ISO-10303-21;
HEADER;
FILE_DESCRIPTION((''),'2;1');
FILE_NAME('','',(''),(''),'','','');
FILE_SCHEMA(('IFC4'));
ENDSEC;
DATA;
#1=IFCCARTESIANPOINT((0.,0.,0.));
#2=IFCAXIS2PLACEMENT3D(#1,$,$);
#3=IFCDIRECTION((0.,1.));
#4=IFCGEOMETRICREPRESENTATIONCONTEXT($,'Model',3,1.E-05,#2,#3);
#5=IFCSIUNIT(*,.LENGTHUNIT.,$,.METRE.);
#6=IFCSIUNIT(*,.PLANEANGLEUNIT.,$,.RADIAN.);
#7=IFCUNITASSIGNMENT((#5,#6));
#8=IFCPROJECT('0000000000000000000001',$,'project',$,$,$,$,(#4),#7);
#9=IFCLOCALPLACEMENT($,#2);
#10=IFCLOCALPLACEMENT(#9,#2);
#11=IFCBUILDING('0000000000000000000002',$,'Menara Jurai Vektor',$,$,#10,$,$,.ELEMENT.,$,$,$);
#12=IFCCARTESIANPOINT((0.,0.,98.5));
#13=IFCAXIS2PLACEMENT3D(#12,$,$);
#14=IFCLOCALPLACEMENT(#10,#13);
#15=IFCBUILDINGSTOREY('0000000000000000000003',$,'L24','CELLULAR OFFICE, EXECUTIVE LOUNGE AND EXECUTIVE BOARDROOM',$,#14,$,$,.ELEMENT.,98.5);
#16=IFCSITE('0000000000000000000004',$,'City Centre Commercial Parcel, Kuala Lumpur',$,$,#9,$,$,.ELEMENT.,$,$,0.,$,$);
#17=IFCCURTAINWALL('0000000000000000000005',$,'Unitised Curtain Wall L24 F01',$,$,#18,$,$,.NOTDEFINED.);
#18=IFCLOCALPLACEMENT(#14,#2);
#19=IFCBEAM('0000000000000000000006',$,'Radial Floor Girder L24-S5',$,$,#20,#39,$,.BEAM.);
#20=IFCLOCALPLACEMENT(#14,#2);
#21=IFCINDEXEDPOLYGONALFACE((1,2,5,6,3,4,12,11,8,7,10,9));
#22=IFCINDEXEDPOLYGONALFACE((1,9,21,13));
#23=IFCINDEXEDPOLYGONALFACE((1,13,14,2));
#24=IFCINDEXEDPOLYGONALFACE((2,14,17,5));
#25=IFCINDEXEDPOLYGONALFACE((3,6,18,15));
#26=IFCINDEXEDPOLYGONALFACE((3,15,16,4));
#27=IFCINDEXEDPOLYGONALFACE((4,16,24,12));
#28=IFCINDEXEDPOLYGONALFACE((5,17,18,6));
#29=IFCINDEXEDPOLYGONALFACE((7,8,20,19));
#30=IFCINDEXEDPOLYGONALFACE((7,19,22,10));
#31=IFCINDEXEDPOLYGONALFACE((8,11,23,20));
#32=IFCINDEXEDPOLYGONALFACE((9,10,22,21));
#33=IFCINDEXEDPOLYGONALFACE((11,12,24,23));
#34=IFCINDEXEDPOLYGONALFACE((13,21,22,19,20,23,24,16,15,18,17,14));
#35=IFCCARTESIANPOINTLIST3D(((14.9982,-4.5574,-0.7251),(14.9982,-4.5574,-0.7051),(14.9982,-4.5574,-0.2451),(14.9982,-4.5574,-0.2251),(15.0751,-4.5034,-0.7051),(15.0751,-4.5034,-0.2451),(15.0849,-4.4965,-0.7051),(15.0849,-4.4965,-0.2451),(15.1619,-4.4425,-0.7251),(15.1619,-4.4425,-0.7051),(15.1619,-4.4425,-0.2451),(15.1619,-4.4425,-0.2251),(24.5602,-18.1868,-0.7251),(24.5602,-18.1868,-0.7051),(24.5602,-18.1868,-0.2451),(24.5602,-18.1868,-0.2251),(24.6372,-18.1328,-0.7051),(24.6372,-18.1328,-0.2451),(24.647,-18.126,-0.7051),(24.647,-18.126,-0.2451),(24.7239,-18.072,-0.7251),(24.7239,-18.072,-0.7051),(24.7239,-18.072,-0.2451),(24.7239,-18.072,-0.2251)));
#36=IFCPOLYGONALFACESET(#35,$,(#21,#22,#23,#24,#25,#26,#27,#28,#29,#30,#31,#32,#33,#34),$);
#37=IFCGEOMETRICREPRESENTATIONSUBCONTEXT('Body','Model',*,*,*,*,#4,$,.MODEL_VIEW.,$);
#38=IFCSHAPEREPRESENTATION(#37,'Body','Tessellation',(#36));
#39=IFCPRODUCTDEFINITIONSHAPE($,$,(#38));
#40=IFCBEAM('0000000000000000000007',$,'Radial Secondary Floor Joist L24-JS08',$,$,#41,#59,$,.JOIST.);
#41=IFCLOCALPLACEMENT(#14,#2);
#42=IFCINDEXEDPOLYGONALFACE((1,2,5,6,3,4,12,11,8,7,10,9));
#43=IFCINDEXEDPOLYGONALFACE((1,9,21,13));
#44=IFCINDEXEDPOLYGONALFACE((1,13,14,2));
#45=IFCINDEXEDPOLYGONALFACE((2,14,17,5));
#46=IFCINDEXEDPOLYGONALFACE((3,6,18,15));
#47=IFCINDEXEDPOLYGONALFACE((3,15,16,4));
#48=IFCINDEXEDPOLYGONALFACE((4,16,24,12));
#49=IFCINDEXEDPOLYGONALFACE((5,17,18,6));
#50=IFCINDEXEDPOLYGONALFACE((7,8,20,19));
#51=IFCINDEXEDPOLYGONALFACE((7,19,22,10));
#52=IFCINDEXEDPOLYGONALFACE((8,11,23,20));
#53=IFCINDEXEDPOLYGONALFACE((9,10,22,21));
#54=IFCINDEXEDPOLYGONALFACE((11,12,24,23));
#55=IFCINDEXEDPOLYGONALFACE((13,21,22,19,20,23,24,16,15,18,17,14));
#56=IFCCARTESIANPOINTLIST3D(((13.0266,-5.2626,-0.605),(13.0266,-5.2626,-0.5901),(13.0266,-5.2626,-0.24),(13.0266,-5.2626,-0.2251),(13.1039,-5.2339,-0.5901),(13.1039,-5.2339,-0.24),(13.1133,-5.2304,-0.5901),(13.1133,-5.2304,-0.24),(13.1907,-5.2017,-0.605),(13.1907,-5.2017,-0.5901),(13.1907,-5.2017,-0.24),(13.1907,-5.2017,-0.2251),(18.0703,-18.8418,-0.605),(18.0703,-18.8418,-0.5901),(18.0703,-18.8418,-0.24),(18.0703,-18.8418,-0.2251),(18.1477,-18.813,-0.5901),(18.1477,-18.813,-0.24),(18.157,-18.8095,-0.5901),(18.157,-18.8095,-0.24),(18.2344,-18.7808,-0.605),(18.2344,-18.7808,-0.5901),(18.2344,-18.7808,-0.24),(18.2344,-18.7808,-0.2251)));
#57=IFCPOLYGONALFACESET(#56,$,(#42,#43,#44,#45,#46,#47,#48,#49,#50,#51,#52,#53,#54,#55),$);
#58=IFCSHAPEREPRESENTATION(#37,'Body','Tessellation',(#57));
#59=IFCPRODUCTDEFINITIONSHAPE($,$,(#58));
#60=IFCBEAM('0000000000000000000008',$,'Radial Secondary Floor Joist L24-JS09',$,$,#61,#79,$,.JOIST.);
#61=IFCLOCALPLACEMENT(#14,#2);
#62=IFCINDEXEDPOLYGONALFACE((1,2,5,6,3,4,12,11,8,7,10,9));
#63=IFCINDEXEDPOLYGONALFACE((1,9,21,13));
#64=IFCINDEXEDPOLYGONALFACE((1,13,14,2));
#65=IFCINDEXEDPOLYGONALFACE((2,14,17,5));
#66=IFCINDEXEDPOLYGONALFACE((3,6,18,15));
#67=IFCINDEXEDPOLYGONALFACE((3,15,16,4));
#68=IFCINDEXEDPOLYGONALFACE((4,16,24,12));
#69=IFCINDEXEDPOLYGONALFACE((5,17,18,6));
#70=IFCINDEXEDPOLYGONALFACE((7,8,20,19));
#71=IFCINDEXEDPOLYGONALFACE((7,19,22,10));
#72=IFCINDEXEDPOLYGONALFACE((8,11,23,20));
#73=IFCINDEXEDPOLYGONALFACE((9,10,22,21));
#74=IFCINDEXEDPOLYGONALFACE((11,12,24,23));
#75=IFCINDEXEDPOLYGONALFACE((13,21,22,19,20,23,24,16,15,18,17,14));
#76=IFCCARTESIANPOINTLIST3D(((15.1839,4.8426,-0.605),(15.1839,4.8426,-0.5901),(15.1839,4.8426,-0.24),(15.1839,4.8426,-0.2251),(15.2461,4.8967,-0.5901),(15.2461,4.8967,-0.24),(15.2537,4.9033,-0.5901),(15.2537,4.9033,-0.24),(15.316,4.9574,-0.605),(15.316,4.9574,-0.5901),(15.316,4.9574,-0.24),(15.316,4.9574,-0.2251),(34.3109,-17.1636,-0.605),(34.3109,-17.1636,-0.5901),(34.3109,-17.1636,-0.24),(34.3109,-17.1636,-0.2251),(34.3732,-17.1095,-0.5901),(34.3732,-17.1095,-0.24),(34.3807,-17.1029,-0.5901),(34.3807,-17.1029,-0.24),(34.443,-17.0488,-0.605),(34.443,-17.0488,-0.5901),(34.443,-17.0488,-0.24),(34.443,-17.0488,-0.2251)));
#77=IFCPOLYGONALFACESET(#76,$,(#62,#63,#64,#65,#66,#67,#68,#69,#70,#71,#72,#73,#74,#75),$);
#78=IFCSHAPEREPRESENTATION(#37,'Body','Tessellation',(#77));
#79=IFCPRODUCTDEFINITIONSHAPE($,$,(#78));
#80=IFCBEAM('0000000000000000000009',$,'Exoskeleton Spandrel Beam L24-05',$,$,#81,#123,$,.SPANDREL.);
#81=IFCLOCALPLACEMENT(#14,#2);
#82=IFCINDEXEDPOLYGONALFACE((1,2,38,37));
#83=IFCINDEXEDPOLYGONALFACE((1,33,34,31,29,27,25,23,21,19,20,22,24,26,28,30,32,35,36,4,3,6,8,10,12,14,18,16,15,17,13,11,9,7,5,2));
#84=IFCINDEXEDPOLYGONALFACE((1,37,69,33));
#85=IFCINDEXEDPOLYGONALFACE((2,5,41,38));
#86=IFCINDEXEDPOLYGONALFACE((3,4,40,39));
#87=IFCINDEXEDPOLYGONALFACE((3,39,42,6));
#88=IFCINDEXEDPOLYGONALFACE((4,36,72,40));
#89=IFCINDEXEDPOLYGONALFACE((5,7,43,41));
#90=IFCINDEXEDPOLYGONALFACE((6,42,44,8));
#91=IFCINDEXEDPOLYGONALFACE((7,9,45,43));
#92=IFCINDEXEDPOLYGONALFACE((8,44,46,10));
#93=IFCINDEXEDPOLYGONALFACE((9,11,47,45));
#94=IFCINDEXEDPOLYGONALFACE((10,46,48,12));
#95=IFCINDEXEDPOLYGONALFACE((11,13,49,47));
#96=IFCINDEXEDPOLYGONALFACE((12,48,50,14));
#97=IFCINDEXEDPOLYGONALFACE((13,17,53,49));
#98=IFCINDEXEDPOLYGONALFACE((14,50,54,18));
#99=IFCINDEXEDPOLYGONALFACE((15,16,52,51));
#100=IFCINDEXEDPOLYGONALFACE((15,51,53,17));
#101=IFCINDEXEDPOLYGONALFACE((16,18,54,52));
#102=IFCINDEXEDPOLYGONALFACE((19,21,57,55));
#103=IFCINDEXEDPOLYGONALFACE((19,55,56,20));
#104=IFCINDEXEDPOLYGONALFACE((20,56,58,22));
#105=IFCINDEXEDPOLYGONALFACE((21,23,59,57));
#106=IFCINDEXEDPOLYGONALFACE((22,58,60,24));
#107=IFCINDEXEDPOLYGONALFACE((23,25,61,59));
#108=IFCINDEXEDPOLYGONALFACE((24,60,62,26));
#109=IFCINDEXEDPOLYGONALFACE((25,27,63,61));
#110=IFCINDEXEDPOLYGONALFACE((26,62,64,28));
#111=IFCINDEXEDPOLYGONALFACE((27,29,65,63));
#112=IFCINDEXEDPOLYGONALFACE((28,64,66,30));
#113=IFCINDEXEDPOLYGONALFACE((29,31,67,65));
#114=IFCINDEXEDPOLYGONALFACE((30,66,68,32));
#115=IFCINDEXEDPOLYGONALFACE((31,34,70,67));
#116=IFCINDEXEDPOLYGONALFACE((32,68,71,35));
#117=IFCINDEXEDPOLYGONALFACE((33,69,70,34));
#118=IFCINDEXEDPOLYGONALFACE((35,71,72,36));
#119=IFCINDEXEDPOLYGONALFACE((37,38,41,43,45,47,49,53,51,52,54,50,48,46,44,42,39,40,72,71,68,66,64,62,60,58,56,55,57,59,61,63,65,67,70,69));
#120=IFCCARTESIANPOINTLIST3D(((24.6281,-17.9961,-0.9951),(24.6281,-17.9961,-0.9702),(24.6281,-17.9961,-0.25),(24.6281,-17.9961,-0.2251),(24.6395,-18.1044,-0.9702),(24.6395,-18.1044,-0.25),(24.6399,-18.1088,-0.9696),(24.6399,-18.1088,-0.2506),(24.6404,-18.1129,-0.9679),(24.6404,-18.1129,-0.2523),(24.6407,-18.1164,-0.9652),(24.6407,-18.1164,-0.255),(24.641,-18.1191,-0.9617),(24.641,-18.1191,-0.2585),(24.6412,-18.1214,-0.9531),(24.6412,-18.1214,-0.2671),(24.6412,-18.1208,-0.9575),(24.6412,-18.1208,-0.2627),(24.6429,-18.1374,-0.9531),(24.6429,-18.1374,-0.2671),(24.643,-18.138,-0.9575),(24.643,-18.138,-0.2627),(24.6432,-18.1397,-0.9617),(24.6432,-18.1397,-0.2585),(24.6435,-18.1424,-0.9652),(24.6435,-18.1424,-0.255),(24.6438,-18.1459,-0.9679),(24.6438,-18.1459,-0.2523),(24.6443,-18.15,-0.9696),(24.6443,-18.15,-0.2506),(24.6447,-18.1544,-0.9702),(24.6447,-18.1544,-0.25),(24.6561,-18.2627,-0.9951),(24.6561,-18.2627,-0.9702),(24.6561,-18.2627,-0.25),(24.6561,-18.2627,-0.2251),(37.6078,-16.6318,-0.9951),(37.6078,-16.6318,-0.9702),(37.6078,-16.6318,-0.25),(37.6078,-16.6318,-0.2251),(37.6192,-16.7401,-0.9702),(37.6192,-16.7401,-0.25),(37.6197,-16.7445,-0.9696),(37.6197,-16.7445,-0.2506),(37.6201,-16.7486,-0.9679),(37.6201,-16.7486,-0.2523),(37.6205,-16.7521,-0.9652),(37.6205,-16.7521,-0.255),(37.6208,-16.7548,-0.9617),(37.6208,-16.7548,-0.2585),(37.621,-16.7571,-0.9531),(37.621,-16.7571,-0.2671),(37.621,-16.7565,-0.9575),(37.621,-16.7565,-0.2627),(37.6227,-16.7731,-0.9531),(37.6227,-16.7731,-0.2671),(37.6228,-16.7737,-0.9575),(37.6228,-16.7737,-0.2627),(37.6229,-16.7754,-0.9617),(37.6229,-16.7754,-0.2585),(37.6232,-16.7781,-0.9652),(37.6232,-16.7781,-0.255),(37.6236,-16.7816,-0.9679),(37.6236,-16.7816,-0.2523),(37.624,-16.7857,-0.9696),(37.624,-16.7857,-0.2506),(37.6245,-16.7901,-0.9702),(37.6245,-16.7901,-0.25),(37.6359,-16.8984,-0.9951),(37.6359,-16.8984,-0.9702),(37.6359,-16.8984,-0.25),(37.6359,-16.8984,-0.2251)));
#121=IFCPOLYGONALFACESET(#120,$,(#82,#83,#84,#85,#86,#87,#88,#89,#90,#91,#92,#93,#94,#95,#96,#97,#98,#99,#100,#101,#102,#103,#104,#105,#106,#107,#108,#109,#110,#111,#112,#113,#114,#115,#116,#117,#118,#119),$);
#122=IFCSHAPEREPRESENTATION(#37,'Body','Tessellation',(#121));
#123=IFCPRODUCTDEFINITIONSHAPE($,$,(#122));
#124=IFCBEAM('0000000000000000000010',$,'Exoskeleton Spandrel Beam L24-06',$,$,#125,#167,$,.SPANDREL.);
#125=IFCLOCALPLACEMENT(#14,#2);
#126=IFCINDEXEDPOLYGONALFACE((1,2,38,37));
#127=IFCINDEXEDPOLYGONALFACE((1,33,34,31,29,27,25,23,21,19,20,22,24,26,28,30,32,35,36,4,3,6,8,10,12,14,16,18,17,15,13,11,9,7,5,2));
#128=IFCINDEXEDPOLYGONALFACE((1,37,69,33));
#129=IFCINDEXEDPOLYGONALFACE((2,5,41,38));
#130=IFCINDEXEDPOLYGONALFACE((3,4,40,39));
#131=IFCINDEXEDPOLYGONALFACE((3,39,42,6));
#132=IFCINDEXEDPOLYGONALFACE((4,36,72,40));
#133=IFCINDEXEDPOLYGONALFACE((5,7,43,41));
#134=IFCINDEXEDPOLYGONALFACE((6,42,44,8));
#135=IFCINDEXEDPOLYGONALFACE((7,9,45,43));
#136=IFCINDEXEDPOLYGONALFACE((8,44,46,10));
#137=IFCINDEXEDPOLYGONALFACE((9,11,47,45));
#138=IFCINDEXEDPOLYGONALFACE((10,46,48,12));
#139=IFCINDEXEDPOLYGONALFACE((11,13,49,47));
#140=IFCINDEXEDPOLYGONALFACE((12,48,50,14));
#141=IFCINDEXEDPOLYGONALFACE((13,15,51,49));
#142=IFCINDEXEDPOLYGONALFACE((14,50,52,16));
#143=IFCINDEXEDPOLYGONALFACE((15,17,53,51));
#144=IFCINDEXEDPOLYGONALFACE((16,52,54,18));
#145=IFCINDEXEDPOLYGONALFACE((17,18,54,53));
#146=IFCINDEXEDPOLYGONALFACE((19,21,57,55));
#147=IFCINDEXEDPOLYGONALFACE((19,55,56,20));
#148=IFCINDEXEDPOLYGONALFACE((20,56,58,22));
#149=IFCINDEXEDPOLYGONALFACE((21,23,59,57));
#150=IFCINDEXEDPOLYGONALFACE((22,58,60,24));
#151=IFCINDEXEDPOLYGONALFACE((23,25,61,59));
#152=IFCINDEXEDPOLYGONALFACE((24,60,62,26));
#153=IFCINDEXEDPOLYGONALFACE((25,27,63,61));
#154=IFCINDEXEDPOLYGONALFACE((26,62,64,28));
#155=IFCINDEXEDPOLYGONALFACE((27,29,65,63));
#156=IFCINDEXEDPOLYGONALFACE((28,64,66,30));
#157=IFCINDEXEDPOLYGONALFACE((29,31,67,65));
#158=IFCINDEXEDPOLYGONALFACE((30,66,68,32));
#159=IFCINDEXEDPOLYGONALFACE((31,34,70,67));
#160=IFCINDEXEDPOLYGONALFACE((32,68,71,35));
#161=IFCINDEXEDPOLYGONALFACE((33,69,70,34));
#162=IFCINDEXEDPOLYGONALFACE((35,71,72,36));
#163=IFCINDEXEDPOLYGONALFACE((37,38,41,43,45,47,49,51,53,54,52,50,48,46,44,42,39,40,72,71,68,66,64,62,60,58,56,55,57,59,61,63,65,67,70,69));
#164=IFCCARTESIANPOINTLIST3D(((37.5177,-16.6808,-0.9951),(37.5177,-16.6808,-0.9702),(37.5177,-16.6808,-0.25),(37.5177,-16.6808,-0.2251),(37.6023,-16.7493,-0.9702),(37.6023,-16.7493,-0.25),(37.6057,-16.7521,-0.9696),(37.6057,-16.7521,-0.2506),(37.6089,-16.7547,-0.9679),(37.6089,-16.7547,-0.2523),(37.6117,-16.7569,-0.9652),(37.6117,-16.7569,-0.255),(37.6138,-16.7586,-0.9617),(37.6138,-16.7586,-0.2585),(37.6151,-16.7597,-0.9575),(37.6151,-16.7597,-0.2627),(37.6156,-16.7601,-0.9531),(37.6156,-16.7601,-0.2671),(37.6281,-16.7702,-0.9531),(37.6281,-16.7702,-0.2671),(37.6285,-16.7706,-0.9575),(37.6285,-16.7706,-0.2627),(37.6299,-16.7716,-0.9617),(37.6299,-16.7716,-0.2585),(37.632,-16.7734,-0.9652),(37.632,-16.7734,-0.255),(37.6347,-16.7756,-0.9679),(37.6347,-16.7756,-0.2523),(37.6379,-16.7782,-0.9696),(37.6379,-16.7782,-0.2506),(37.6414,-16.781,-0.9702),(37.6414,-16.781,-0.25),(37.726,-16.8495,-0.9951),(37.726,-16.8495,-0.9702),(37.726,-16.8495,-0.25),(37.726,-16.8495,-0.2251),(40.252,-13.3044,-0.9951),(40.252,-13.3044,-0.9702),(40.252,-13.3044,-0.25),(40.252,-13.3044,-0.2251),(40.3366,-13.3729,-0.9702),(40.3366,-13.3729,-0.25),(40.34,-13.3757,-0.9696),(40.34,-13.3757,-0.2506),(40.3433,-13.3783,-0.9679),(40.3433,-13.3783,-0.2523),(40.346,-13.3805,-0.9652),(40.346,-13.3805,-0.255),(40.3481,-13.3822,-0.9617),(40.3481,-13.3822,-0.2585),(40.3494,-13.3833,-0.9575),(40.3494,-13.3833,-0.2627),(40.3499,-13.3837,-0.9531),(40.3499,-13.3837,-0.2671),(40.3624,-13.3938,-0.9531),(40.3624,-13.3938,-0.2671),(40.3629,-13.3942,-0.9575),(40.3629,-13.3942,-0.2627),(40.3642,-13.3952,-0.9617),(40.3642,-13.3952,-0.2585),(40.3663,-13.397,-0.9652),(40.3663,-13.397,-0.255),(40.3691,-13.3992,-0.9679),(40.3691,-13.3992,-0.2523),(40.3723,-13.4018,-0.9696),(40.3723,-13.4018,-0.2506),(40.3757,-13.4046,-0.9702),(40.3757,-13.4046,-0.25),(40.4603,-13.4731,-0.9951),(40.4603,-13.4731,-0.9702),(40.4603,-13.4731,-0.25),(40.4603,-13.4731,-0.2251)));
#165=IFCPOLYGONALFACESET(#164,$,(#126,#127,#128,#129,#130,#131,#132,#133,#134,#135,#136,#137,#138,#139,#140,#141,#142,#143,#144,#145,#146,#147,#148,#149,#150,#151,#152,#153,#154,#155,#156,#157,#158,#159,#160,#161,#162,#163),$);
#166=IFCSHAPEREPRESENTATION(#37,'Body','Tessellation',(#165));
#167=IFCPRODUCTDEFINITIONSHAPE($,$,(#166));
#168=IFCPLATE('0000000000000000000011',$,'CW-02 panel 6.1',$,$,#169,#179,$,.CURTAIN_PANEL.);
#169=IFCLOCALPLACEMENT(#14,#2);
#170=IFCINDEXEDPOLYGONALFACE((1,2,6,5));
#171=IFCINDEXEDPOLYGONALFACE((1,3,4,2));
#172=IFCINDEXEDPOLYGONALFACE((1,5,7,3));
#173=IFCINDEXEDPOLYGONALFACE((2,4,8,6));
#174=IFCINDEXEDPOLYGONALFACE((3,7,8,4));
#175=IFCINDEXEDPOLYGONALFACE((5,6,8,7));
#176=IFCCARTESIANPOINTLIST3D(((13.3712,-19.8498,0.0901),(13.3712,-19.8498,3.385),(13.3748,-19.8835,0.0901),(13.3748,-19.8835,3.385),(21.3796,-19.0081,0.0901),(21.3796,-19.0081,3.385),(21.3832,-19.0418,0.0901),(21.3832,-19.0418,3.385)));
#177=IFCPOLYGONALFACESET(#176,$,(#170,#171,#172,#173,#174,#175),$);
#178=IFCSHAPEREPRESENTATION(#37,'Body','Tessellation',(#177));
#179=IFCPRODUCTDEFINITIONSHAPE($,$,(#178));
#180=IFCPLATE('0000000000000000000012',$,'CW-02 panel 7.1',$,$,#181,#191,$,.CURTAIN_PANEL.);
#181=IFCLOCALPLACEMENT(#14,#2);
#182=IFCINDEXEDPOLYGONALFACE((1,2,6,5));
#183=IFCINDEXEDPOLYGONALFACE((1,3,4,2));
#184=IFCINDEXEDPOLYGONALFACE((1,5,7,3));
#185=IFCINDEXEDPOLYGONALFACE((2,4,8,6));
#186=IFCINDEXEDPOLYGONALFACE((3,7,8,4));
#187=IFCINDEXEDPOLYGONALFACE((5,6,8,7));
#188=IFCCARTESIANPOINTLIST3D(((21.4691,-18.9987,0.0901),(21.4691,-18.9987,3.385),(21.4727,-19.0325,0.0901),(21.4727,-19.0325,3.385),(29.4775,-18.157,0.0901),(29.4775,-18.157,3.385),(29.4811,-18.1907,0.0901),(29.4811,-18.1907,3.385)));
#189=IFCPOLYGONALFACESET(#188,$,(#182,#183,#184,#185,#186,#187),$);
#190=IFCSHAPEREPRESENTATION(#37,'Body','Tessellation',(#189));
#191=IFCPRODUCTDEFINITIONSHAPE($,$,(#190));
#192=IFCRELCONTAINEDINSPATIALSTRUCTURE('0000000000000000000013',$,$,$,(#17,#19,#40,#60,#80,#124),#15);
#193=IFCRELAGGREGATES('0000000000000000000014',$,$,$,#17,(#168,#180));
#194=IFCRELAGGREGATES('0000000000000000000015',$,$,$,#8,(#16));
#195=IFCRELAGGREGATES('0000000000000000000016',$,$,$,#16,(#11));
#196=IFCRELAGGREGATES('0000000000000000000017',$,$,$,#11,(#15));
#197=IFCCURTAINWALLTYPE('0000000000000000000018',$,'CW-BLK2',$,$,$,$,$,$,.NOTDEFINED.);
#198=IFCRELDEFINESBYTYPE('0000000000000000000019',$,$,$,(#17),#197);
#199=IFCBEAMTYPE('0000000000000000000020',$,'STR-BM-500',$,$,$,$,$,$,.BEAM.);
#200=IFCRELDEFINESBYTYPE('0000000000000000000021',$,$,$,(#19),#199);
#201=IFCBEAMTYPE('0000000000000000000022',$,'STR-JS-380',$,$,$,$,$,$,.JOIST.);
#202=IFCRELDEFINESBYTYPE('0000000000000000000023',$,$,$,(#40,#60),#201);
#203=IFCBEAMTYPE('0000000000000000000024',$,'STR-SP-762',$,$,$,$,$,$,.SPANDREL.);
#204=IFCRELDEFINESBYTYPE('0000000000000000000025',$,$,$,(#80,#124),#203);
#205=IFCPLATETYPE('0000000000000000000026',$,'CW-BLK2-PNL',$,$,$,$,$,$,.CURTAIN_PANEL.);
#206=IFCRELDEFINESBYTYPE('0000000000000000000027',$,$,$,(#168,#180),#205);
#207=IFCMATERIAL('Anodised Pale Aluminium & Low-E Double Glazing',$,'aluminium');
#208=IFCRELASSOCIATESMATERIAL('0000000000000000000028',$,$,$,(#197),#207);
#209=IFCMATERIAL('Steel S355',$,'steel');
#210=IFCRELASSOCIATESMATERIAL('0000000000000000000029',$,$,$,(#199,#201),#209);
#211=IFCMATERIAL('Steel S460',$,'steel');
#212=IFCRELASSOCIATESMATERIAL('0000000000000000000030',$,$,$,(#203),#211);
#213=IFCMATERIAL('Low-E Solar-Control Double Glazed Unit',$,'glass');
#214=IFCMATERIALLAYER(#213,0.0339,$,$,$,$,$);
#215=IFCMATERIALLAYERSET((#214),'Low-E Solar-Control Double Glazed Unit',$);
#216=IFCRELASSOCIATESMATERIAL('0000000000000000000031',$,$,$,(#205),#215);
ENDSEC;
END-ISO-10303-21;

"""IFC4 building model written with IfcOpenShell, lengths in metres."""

from ifc_helpers import new_model, si_unit, direction, frame, origin, origin_2d, place, context, subcontext, project, spatial, rectangle, i_section, extrude, material, layer, layer_set, material_profile, profile_set, type_object, element, aggregate, save


model = new_model("IFC4")

# Units and contexts
model_context = context("Model", 3, precision=1e-05, world=origin(), true_north=direction((0.0, 1.0)))
body_context = subcontext(model_context, "Body", "Model", "MODEL_VIEW")
ifc_project = project(units=[si_unit("LENGTHUNIT", "METRE"), si_unit("PLANEANGLEUNIT", "RADIAN")], contexts=[model_context])

# Site, building, storey
site_placement = place(None, origin())
site = spatial("IfcSite", under=ifc_project, at=site_placement, Name="City Centre Commercial Parcel, Kuala Lumpur", CompositionType="ELEMENT", RefElevation=0.0)
building_placement = place(site_placement, origin())
building = spatial("IfcBuilding", under=site, at=building_placement, Name="Menara Jurai Vektor", CompositionType="ELEMENT")
storey_placement = place(building_placement, frame((0.0, 0.0, 98.5)))
storey = spatial("IfcBuildingStorey", under=building, at=storey_placement, Name="L24", Description="CELLULAR OFFICE, EXECUTIVE LOUNGE AND EXECUTIVE BOARDROOM", CompositionType="ELEMENT", Elevation=98.5)

# Shared definitions
ifc_material_1 = material(Name="Steel S460", Category="steel")

# Curtain wall
ifc_material_2 = material(Name="Anodised Pale Aluminium & Low-E Double Glazing", Category="aluminium")
curtain_wall_type = type_object("IfcCurtainWallType", Name="CW-BLK2", PredefinedType="NOTDEFINED", material=ifc_material_2)
curtain_wall_placement = place(storey_placement, origin())
curtain_wall = element("IfcCurtainWall", 1, at=curtain_wall_placement, inside=storey, type_object=curtain_wall_type, Name="Unitised Curtain Wall L24 F01", PredefinedType="NOTDEFINED")

# Beams
ifc_material_3 = material(Name="Steel S355", Category="steel")
ifc_material_profile_1 = material_profile(ifc_material_3, i_section(OverallWidth=0.2, OverallDepth=0.5, WebThickness=0.012, FlangeThickness=0.02, at=origin_2d()), Name="PG 500x200x96")
ifc_profile_set_1 = profile_set([ifc_material_profile_1], Name="Steel S355")
beam_type_1 = type_object("IfcBeamType", Name="STR-BM-500", PredefinedType="BEAM", material=ifc_profile_set_1)
beam_1_placement = place(storey_placement, frame((24.6421, -18.1294, -0.4751), z_axis=(-0.574326, 0.818627, 0.0), x_axis=(-0.818627, -0.574326, 0.0)))
element("IfcBeam", 2, at=beam_1_placement, inside=storey, type_object=beam_type_1, Name="Radial Floor Girder L24-S5", PredefinedType="BEAM", context=body_context, shape_type="SweptSolid", body=[
    extrude(i_section(OverallWidth=0.2, OverallDepth=0.5, WebThickness=0.012, FlangeThickness=0.02, at=origin_2d()), origin(), (0.0, 0.0, 1.0), 16.6492),
])
ifc_material_profile_2 = material_profile(ifc_material_3, i_section(OverallWidth=0.175, OverallDepth=0.3799, WebThickness=0.01, FlangeThickness=0.0149, at=origin_2d()), Name="PG 380x175x58")
ifc_profile_set_2 = profile_set([ifc_material_profile_2], Name="Steel S355")
beam_type_2 = type_object("IfcBeamType", Name="STR-JS-380", PredefinedType="JOIST", material=ifc_profile_set_2)
beam_2_placement = place(storey_placement, frame((18.1523, -18.8113, -0.415), z_axis=(-0.348189, 0.937424, 0.0), x_axis=(-0.937424, -0.348189, 0.0)))
element("IfcBeam", 3, at=beam_2_placement, inside=storey, type_object=beam_type_2, Name="Radial Secondary Floor Joist L24-JS08", PredefinedType="JOIST", context=body_context, shape_type="SweptSolid", body=[
    extrude(i_section(OverallWidth=0.175, OverallDepth=0.3799, WebThickness=0.01, FlangeThickness=0.0149, at=origin_2d()), origin(), (0.0, 0.0, 1.0), 14.4856),
])
beam_3_placement = place(storey_placement, frame((34.377, -17.1062, -0.415), z_axis=(-0.656007, 0.754755, 0.0), x_axis=(-0.754755, -0.656007, 0.0)))
element("IfcBeam", 4, at=beam_3_placement, inside=storey, type_object=beam_type_2, Name="Radial Secondary Floor Joist L24-JS09", PredefinedType="JOIST", context=body_context, shape_type="SweptSolid", body=[
    extrude(i_section(OverallWidth=0.175, OverallDepth=0.3799, WebThickness=0.01, FlangeThickness=0.0149, at=origin_2d()), origin(), (0.0, 0.0, 1.0), 29.1567),
])
ifc_material_profile_3 = material_profile(ifc_material_1, i_section(OverallWidth=0.2681, OverallDepth=0.77, WebThickness=0.0161, FlangeThickness=0.0249, FilletRadius=0.0171, at=origin_2d()), Name="UKB 762x267x197")
ifc_profile_set_3 = profile_set([ifc_material_profile_3], Name="Steel S460")
beam_type_3 = type_object("IfcBeamType", Name="STR-SP-762", PredefinedType="SPANDREL", material=ifc_profile_set_3)
beam_4_placement = place(storey_placement, frame((24.6421, -18.1294, -0.6101), z_axis=(0.994522, 0.104531, 0.0), x_axis=(-0.104531, 0.994522, 0.0)))
element("IfcBeam", 5, at=beam_4_placement, inside=storey, type_object=beam_type_3, Name="Exoskeleton Spandrel Beam L24-05", PredefinedType="SPANDREL", context=body_context, shape_type="SweptSolid", body=[
    extrude(i_section(OverallWidth=0.2681, OverallDepth=0.77, WebThickness=0.0161, FlangeThickness=0.0249, FilletRadius=0.0171, at=origin_2d()), origin(), (0.0, 0.0, 1.0), 13.0513),
])
beam_5_placement = place(storey_placement, frame((37.6218, -16.7651, -0.6101), z_axis=(0.629344, 0.777127, 0.0), x_axis=(-0.777127, 0.629344, 0.0)))
element("IfcBeam", 6, at=beam_5_placement, inside=storey, type_object=beam_type_3, Name="Exoskeleton Spandrel Beam L24-06", PredefinedType="SPANDREL", context=body_context, shape_type="SweptSolid", body=[
    extrude(i_section(OverallWidth=0.2681, OverallDepth=0.77, WebThickness=0.0161, FlangeThickness=0.0249, FilletRadius=0.0171, at=origin_2d()), origin(), (0.0, 0.0, 1.0), 4.3447),
])

# Plates
ifc_material_4 = material(Name="Low-E Solar-Control Double Glazed Unit", Category="glass")
ifc_layer_1 = layer(ifc_material_4, 0.0339)
ifc_layer_set_1 = layer_set([ifc_layer_1], Name="Low-E Solar-Control Double Glazed Unit")
plate_type_1 = type_object("IfcPlateType", Name="CW-BLK2-PNL", PredefinedType="CURTAIN_PANEL", material=ifc_layer_set_1)
plate_1_placement = place(storey_placement, frame((17.3772, -19.4458, 0.0901), z_axis=(0.0, 0.0, 1.0), x_axis=(0.994522, 0.104529, 0.0)))
plate_1 = element("IfcPlate", 7, at=plate_1_placement, type_object=plate_type_1, Name="CW-02 panel 6.1", PredefinedType="CURTAIN_PANEL", context=body_context, shape_type="SweptSolid", body=[
    extrude(rectangle(XDim=8.0525, YDim=0.0339, at=origin_2d()), origin(), (0.0, 0.0, 1.0), 3.2949),
])
plate_2_placement = place(storey_placement, frame((25.4751, -18.5947, 0.0901), z_axis=(0.0, 0.0, 1.0), x_axis=(0.994522, 0.104529, 0.0)))
plate_2 = element("IfcPlate", 8, at=plate_2_placement, type_object=plate_type_1, Name="CW-02 panel 7.1", PredefinedType="CURTAIN_PANEL", context=body_context, shape_type="SweptSolid", body=[
    extrude(rectangle(XDim=8.0525, YDim=0.0339, at=origin_2d()), origin(), (0.0, 0.0, 1.0), 3.2949),
])
aggregate(curtain_wall, [plate_1, plate_2])

save(model, "model.ifc")
